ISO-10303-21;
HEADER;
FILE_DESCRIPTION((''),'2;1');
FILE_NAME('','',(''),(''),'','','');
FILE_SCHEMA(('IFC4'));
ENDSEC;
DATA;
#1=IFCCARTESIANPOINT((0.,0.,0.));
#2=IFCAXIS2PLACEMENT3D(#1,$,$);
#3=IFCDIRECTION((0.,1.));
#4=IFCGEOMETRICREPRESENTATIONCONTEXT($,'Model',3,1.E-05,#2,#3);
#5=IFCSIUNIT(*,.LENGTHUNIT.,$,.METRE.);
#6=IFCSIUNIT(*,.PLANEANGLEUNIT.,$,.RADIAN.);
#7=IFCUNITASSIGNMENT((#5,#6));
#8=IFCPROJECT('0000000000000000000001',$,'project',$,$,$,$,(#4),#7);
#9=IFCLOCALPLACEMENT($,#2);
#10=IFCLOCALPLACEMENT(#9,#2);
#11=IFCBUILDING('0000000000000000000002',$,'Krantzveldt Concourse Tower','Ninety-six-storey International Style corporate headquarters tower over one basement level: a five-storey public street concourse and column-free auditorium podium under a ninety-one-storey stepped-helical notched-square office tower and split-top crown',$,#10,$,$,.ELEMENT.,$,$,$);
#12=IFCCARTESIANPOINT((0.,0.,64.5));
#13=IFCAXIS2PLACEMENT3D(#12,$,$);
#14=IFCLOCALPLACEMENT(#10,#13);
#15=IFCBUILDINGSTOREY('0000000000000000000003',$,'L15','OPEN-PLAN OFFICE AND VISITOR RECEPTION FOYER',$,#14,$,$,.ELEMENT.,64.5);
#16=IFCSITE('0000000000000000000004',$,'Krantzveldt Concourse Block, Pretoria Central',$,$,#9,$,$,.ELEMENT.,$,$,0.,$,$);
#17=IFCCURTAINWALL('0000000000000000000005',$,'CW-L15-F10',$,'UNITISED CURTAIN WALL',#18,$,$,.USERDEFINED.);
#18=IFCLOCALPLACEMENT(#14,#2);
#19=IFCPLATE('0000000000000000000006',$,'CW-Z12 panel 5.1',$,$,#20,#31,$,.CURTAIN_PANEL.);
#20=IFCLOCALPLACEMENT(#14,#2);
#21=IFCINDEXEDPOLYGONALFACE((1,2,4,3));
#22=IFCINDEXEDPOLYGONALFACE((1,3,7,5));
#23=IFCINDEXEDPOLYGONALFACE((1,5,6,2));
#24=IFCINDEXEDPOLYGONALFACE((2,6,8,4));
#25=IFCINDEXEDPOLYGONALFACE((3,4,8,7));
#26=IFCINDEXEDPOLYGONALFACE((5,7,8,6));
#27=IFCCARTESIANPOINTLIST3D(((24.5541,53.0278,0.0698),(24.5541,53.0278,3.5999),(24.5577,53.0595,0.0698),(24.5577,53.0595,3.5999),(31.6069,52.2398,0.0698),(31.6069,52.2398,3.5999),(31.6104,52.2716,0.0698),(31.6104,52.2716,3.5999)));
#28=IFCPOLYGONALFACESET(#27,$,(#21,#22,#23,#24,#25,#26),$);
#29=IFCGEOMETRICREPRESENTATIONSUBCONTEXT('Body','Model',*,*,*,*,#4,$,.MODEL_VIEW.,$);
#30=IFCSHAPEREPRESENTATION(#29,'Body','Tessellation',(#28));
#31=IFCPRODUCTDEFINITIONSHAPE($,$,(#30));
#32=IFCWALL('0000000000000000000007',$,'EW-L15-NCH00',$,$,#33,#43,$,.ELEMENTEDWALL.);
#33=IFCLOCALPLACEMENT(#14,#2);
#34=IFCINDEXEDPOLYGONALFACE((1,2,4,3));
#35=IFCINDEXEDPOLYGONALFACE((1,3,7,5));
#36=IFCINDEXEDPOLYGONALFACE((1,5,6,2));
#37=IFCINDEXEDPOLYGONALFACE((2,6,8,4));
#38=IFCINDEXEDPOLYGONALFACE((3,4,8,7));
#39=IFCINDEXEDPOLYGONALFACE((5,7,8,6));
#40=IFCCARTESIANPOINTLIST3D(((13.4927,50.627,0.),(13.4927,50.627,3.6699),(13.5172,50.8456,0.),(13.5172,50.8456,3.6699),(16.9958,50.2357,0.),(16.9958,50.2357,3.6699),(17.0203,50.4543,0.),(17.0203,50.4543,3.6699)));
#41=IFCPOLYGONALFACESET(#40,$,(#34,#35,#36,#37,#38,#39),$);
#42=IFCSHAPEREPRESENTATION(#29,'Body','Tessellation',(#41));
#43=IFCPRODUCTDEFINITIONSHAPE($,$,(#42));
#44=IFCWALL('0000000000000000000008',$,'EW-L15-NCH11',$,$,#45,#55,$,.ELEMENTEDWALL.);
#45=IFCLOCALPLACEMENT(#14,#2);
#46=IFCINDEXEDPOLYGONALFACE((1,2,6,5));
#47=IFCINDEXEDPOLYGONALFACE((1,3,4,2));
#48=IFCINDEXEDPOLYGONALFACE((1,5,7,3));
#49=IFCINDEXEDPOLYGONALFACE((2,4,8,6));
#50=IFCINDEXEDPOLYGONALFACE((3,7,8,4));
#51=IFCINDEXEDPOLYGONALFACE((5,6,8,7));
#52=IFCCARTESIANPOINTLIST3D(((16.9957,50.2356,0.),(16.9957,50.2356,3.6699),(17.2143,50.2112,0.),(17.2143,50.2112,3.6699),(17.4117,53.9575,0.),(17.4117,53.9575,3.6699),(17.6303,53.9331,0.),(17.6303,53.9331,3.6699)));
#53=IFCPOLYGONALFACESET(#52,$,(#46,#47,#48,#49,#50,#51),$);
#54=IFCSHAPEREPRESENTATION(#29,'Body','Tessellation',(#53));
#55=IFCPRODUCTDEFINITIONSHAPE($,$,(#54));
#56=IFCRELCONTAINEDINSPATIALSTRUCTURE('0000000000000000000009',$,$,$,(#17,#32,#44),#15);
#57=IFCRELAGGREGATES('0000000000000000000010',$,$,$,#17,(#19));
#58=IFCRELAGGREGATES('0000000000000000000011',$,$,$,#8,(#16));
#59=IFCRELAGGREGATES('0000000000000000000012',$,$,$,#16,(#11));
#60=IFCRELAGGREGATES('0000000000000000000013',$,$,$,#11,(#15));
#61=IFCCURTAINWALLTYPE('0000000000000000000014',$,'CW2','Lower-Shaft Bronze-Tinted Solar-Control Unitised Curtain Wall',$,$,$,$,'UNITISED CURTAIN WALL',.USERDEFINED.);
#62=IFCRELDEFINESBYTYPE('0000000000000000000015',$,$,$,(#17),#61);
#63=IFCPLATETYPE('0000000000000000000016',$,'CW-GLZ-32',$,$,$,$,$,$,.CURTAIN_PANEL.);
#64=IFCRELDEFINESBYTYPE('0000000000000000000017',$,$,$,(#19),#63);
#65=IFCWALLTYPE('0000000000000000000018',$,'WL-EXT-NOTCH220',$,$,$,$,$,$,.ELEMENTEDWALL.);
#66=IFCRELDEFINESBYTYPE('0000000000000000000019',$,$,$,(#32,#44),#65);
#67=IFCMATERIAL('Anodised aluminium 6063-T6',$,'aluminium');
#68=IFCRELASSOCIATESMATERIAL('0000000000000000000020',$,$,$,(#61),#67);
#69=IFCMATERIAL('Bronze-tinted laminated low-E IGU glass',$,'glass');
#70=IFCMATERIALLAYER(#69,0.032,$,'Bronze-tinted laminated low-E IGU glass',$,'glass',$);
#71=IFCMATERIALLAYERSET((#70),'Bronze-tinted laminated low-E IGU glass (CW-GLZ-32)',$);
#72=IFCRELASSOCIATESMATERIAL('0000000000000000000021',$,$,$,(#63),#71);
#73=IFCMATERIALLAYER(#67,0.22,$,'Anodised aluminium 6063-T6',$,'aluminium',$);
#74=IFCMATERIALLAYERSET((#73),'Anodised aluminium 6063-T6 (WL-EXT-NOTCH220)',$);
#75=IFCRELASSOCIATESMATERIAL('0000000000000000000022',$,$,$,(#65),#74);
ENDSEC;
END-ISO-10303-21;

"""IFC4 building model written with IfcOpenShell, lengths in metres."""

from ifc_helpers import new_model, si_unit, direction, frame, frame_2d, origin, origin_2d, place, context, subcontext, project, spatial, rectangle, extrude, source, transform, mapped, material, layer, layer_set, type_object, element, aggregate, save


model = new_model("IFC4")

# Units and contexts
model_context = context("Model", 3, precision=1e-05, world=origin(), true_north=direction((0.0, 1.0)))
body_context = subcontext(model_context, "Body", "Model", "MODEL_VIEW")
ifc_project = project(units=[si_unit("LENGTHUNIT", "METRE"), si_unit("PLANEANGLEUNIT", "RADIAN")], contexts=[model_context])

# Site, building, storey
site_placement = place(None, origin())
site = spatial("IfcSite", under=ifc_project, at=site_placement, Name="Krantzveldt Concourse Block, Pretoria Central", CompositionType="ELEMENT", RefElevation=0.0)
building_placement = place(site_placement, origin())
building = spatial("IfcBuilding", under=site, at=building_placement, Name="Krantzveldt Concourse Tower", Description="Ninety-six-storey International Style corporate headquarters tower over one basement level: a five-storey public street concourse and column-free auditorium podium under a ninety-one-storey stepped-helical notched-square office tower and split-top crown", CompositionType="ELEMENT")
storey_placement = place(building_placement, frame((0.0, 0.0, 64.5)))
storey = spatial("IfcBuildingStorey", under=building, at=storey_placement, Name="L15", Description="OPEN-PLAN OFFICE AND VISITOR RECEPTION FOYER", CompositionType="ELEMENT", Elevation=64.5)

# Curtain wall
ifc_material_1 = material(Name="Anodised aluminium 6063-T6", Category="aluminium")
curtain_wall_type = type_object("IfcCurtainWallType", Name="CW2", Description="Lower-Shaft Bronze-Tinted Solar-Control Unitised Curtain Wall", ElementType="UNITISED CURTAIN WALL", PredefinedType="USERDEFINED", material=ifc_material_1)
curtain_wall_1_placement = place(storey_placement, origin())
curtain_wall_1 = element("IfcCurtainWall", 1, at=curtain_wall_1_placement, inside=storey, type_object=curtain_wall_type, Name="CW-L15-F10", ObjectType="UNITISED CURTAIN WALL", PredefinedType="USERDEFINED")

# Plate
ifc_material_2 = material(Name="Bronze-tinted laminated low-E IGU glass", Category="glass")
ifc_layer_1 = layer(ifc_material_2, 0.032, Name="Bronze-tinted laminated low-E IGU glass", Category="glass")
ifc_layer_set_1 = layer_set([ifc_layer_1], Name="Bronze-tinted laminated low-E IGU glass (CW-GLZ-32)")
plate_type = type_object("IfcPlateType", Name="CW-GLZ-32", PredefinedType="CURTAIN_PANEL", material=ifc_layer_set_1)
shared_shape_1 = source(origin(), body_context, "Body", "SweptSolid", [
    extrude(rectangle(XDim=7.0967, YDim=0.032, at=origin_2d()), origin(), (0.0, 0.0, 1.0), 3.53),
])
plate_1_placement = place(storey_placement, frame((28.0823, 52.6497, 0.0698), z_axis=(0.0, 0.0, 1.0), x_axis=(-0.993816, 0.111035, 0.0)))
plate_1 = element("IfcPlate", 2, at=plate_1_placement, type_object=plate_type, Name="CW-Z12 panel 5.1", PredefinedType="CURTAIN_PANEL", context=body_context, shape_type="MappedRepresentation", body=[
    mapped(shared_shape_1, transform((0.0, 0.0, 0.0), x_axis=(1.0, 0.0, 0.0), y_axis=(0.0, 1.0, 0.0), z_axis=(0.0, 0.0, 1.0), scale=1.0)),
])
aggregate(curtain_wall_1, [plate_1])

# Walls
ifc_layer_2 = layer(ifc_material_1, 0.22, Name="Anodised aluminium 6063-T6", Category="aluminium")
ifc_layer_set_2 = layer_set([ifc_layer_2], Name="Anodised aluminium 6063-T6 (WL-EXT-NOTCH220)")
wall_type = type_object("IfcWallType", Name="WL-EXT-NOTCH220", PredefinedType="ELEMENTEDWALL", material=ifc_layer_set_2)
wall_1_placement = place(storey_placement, frame((17.0081, 50.345, 0.0), z_axis=(0.0, 0.0, 1.0), x_axis=(-0.993818, 0.111024, 0.0)))
element("IfcWall", 3, at=wall_1_placement, inside=storey, type_object=wall_type, Name="EW-L15-NCH00", PredefinedType="ELEMENTEDWALL", context=body_context, shape_type="SweptSolid", body=[
    extrude(rectangle(XDim=3.5249, YDim=0.22, at=frame_2d((1.7625, 0.0))), origin(), (0.0, 0.0, 1.0), 3.6699),
])
wall_2_placement = place(storey_placement, frame((17.521, 53.9453, 0.0), z_axis=(0.0, 0.0, 1.0), x_axis=(-0.111083, -0.993811, 0.0)))
element("IfcWall", 4, at=wall_2_placement, inside=storey, type_object=wall_type, Name="EW-L15-NCH11", PredefinedType="ELEMENTEDWALL", context=body_context, shape_type="SweptSolid", body=[
    extrude(rectangle(XDim=3.7451, YDim=0.22, at=frame_2d((1.8726, 0.0))), origin(), (0.0, 0.0, 1.0), 3.6699),
])

save(model, "model.ifc")
